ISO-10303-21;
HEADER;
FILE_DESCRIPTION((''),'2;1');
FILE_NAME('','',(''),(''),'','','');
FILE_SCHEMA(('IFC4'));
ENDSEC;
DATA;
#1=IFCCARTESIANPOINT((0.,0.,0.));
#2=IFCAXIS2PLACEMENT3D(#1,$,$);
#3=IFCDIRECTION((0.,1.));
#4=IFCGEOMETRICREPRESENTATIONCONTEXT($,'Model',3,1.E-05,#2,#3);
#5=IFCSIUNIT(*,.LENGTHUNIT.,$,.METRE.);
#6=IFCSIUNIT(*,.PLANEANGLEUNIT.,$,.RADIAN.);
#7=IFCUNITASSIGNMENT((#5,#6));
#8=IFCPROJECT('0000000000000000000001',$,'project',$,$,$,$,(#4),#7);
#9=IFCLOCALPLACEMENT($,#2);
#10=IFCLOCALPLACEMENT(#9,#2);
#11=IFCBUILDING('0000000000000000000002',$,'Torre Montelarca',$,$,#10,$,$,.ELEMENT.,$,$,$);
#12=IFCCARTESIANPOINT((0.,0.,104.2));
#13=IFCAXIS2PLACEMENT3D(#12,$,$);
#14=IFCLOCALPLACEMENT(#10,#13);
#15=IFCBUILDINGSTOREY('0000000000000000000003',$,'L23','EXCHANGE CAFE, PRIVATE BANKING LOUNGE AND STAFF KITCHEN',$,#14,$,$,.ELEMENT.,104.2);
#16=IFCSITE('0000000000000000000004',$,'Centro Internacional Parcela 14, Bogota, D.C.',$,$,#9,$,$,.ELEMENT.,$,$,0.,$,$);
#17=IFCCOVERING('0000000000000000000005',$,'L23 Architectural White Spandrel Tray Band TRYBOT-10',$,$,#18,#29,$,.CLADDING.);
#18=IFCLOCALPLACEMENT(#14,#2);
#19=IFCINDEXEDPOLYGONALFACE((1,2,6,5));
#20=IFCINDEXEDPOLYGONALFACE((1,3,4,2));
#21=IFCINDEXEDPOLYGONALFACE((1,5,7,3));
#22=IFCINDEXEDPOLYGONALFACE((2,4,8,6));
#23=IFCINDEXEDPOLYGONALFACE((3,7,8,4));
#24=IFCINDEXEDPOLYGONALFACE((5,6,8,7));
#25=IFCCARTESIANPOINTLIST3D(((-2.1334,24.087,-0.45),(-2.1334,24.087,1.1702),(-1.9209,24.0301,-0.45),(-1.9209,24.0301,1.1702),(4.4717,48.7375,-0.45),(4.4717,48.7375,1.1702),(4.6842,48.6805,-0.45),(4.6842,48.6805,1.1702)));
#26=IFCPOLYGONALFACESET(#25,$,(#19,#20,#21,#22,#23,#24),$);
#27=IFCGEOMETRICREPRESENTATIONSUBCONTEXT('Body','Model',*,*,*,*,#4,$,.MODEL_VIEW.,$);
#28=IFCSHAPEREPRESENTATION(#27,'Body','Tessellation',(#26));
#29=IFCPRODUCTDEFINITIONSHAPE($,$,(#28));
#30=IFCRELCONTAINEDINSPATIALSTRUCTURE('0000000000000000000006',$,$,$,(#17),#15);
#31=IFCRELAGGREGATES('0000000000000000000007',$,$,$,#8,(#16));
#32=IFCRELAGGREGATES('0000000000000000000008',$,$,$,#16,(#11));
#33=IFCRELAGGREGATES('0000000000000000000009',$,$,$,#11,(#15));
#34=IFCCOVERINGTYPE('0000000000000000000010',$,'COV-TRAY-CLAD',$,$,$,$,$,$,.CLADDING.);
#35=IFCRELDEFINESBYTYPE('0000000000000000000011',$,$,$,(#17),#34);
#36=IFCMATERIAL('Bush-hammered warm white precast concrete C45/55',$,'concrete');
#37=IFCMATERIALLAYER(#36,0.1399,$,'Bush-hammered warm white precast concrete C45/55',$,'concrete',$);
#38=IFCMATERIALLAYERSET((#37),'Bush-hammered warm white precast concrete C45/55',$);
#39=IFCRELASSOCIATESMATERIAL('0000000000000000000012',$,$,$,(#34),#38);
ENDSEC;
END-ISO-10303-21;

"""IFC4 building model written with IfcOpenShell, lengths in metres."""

from ifc_helpers import new_model, si_unit, direction, frame, origin, origin_2d, place, context, subcontext, project, spatial, rectangle, extrude, source, transform, mapped, material, layer, layer_set, type_object, element, save


model = new_model("IFC4")

# Units and contexts
model_context = context("Model", 3, precision=1e-05, world=origin(), true_north=direction((0.0, 1.0)))
body_context = subcontext(model_context, "Body", "Model", "MODEL_VIEW")
ifc_project = project(units=[si_unit("LENGTHUNIT", "METRE"), si_unit("PLANEANGLEUNIT", "RADIAN")], contexts=[model_context])

# Site, building, storey
site_placement = place(None, origin())
site = spatial("IfcSite", under=ifc_project, at=site_placement, Name="Centro Internacional Parcela 14, Bogota, D.C.", CompositionType="ELEMENT", RefElevation=0.0)
building_placement = place(site_placement, origin())
building = spatial("IfcBuilding", under=site, at=building_placement, Name="Torre Montelarca", CompositionType="ELEMENT")
storey_placement = place(building_placement, frame((0.0, 0.0, 104.2)))
storey = spatial("IfcBuildingStorey", under=building, at=storey_placement, Name="L23", Description="EXCHANGE CAFE, PRIVATE BANKING LOUNGE AND STAFF KITCHEN", CompositionType="ELEMENT", Elevation=104.2)

# Covering
ifc_material_1 = material(Name="Bush-hammered warm white precast concrete C45/55", Category="concrete")
ifc_layer_1 = layer(ifc_material_1, 0.1399, Name="Bush-hammered warm white precast concrete C45/55", Category="concrete")
ifc_layer_set_1 = layer_set([ifc_layer_1], Name="Bush-hammered warm white precast concrete C45/55")
covering_type = type_object("IfcCoveringType", Name="COV-TRAY-CLAD", PredefinedType="CLADDING", material=ifc_layer_set_1)
shared_shape_1 = source(origin(), body_context, "Body", "SweptSolid", [
    extrude(rectangle(XDim=25.52, YDim=0.22, at=origin_2d()), origin(), (0.0, 0.0, 1.0), 1.6201),
])
covering_placement = place(storey_placement, frame((1.2754, 36.3838, -0.45), z_axis=(0.0, 0.0, 1.0), x_axis=(-0.258819, -0.965926, 0.0)))
element("IfcCovering", 1, at=covering_placement, inside=storey, type_object=covering_type, Name="L23 Architectural White Spandrel Tray Band TRYBOT-10", PredefinedType="CLADDING", context=body_context, shape_type="MappedRepresentation", body=[
    mapped(shared_shape_1, transform((0.0, 0.0, 0.0), scale=1.0)),
])

save(model, "model.ifc")
